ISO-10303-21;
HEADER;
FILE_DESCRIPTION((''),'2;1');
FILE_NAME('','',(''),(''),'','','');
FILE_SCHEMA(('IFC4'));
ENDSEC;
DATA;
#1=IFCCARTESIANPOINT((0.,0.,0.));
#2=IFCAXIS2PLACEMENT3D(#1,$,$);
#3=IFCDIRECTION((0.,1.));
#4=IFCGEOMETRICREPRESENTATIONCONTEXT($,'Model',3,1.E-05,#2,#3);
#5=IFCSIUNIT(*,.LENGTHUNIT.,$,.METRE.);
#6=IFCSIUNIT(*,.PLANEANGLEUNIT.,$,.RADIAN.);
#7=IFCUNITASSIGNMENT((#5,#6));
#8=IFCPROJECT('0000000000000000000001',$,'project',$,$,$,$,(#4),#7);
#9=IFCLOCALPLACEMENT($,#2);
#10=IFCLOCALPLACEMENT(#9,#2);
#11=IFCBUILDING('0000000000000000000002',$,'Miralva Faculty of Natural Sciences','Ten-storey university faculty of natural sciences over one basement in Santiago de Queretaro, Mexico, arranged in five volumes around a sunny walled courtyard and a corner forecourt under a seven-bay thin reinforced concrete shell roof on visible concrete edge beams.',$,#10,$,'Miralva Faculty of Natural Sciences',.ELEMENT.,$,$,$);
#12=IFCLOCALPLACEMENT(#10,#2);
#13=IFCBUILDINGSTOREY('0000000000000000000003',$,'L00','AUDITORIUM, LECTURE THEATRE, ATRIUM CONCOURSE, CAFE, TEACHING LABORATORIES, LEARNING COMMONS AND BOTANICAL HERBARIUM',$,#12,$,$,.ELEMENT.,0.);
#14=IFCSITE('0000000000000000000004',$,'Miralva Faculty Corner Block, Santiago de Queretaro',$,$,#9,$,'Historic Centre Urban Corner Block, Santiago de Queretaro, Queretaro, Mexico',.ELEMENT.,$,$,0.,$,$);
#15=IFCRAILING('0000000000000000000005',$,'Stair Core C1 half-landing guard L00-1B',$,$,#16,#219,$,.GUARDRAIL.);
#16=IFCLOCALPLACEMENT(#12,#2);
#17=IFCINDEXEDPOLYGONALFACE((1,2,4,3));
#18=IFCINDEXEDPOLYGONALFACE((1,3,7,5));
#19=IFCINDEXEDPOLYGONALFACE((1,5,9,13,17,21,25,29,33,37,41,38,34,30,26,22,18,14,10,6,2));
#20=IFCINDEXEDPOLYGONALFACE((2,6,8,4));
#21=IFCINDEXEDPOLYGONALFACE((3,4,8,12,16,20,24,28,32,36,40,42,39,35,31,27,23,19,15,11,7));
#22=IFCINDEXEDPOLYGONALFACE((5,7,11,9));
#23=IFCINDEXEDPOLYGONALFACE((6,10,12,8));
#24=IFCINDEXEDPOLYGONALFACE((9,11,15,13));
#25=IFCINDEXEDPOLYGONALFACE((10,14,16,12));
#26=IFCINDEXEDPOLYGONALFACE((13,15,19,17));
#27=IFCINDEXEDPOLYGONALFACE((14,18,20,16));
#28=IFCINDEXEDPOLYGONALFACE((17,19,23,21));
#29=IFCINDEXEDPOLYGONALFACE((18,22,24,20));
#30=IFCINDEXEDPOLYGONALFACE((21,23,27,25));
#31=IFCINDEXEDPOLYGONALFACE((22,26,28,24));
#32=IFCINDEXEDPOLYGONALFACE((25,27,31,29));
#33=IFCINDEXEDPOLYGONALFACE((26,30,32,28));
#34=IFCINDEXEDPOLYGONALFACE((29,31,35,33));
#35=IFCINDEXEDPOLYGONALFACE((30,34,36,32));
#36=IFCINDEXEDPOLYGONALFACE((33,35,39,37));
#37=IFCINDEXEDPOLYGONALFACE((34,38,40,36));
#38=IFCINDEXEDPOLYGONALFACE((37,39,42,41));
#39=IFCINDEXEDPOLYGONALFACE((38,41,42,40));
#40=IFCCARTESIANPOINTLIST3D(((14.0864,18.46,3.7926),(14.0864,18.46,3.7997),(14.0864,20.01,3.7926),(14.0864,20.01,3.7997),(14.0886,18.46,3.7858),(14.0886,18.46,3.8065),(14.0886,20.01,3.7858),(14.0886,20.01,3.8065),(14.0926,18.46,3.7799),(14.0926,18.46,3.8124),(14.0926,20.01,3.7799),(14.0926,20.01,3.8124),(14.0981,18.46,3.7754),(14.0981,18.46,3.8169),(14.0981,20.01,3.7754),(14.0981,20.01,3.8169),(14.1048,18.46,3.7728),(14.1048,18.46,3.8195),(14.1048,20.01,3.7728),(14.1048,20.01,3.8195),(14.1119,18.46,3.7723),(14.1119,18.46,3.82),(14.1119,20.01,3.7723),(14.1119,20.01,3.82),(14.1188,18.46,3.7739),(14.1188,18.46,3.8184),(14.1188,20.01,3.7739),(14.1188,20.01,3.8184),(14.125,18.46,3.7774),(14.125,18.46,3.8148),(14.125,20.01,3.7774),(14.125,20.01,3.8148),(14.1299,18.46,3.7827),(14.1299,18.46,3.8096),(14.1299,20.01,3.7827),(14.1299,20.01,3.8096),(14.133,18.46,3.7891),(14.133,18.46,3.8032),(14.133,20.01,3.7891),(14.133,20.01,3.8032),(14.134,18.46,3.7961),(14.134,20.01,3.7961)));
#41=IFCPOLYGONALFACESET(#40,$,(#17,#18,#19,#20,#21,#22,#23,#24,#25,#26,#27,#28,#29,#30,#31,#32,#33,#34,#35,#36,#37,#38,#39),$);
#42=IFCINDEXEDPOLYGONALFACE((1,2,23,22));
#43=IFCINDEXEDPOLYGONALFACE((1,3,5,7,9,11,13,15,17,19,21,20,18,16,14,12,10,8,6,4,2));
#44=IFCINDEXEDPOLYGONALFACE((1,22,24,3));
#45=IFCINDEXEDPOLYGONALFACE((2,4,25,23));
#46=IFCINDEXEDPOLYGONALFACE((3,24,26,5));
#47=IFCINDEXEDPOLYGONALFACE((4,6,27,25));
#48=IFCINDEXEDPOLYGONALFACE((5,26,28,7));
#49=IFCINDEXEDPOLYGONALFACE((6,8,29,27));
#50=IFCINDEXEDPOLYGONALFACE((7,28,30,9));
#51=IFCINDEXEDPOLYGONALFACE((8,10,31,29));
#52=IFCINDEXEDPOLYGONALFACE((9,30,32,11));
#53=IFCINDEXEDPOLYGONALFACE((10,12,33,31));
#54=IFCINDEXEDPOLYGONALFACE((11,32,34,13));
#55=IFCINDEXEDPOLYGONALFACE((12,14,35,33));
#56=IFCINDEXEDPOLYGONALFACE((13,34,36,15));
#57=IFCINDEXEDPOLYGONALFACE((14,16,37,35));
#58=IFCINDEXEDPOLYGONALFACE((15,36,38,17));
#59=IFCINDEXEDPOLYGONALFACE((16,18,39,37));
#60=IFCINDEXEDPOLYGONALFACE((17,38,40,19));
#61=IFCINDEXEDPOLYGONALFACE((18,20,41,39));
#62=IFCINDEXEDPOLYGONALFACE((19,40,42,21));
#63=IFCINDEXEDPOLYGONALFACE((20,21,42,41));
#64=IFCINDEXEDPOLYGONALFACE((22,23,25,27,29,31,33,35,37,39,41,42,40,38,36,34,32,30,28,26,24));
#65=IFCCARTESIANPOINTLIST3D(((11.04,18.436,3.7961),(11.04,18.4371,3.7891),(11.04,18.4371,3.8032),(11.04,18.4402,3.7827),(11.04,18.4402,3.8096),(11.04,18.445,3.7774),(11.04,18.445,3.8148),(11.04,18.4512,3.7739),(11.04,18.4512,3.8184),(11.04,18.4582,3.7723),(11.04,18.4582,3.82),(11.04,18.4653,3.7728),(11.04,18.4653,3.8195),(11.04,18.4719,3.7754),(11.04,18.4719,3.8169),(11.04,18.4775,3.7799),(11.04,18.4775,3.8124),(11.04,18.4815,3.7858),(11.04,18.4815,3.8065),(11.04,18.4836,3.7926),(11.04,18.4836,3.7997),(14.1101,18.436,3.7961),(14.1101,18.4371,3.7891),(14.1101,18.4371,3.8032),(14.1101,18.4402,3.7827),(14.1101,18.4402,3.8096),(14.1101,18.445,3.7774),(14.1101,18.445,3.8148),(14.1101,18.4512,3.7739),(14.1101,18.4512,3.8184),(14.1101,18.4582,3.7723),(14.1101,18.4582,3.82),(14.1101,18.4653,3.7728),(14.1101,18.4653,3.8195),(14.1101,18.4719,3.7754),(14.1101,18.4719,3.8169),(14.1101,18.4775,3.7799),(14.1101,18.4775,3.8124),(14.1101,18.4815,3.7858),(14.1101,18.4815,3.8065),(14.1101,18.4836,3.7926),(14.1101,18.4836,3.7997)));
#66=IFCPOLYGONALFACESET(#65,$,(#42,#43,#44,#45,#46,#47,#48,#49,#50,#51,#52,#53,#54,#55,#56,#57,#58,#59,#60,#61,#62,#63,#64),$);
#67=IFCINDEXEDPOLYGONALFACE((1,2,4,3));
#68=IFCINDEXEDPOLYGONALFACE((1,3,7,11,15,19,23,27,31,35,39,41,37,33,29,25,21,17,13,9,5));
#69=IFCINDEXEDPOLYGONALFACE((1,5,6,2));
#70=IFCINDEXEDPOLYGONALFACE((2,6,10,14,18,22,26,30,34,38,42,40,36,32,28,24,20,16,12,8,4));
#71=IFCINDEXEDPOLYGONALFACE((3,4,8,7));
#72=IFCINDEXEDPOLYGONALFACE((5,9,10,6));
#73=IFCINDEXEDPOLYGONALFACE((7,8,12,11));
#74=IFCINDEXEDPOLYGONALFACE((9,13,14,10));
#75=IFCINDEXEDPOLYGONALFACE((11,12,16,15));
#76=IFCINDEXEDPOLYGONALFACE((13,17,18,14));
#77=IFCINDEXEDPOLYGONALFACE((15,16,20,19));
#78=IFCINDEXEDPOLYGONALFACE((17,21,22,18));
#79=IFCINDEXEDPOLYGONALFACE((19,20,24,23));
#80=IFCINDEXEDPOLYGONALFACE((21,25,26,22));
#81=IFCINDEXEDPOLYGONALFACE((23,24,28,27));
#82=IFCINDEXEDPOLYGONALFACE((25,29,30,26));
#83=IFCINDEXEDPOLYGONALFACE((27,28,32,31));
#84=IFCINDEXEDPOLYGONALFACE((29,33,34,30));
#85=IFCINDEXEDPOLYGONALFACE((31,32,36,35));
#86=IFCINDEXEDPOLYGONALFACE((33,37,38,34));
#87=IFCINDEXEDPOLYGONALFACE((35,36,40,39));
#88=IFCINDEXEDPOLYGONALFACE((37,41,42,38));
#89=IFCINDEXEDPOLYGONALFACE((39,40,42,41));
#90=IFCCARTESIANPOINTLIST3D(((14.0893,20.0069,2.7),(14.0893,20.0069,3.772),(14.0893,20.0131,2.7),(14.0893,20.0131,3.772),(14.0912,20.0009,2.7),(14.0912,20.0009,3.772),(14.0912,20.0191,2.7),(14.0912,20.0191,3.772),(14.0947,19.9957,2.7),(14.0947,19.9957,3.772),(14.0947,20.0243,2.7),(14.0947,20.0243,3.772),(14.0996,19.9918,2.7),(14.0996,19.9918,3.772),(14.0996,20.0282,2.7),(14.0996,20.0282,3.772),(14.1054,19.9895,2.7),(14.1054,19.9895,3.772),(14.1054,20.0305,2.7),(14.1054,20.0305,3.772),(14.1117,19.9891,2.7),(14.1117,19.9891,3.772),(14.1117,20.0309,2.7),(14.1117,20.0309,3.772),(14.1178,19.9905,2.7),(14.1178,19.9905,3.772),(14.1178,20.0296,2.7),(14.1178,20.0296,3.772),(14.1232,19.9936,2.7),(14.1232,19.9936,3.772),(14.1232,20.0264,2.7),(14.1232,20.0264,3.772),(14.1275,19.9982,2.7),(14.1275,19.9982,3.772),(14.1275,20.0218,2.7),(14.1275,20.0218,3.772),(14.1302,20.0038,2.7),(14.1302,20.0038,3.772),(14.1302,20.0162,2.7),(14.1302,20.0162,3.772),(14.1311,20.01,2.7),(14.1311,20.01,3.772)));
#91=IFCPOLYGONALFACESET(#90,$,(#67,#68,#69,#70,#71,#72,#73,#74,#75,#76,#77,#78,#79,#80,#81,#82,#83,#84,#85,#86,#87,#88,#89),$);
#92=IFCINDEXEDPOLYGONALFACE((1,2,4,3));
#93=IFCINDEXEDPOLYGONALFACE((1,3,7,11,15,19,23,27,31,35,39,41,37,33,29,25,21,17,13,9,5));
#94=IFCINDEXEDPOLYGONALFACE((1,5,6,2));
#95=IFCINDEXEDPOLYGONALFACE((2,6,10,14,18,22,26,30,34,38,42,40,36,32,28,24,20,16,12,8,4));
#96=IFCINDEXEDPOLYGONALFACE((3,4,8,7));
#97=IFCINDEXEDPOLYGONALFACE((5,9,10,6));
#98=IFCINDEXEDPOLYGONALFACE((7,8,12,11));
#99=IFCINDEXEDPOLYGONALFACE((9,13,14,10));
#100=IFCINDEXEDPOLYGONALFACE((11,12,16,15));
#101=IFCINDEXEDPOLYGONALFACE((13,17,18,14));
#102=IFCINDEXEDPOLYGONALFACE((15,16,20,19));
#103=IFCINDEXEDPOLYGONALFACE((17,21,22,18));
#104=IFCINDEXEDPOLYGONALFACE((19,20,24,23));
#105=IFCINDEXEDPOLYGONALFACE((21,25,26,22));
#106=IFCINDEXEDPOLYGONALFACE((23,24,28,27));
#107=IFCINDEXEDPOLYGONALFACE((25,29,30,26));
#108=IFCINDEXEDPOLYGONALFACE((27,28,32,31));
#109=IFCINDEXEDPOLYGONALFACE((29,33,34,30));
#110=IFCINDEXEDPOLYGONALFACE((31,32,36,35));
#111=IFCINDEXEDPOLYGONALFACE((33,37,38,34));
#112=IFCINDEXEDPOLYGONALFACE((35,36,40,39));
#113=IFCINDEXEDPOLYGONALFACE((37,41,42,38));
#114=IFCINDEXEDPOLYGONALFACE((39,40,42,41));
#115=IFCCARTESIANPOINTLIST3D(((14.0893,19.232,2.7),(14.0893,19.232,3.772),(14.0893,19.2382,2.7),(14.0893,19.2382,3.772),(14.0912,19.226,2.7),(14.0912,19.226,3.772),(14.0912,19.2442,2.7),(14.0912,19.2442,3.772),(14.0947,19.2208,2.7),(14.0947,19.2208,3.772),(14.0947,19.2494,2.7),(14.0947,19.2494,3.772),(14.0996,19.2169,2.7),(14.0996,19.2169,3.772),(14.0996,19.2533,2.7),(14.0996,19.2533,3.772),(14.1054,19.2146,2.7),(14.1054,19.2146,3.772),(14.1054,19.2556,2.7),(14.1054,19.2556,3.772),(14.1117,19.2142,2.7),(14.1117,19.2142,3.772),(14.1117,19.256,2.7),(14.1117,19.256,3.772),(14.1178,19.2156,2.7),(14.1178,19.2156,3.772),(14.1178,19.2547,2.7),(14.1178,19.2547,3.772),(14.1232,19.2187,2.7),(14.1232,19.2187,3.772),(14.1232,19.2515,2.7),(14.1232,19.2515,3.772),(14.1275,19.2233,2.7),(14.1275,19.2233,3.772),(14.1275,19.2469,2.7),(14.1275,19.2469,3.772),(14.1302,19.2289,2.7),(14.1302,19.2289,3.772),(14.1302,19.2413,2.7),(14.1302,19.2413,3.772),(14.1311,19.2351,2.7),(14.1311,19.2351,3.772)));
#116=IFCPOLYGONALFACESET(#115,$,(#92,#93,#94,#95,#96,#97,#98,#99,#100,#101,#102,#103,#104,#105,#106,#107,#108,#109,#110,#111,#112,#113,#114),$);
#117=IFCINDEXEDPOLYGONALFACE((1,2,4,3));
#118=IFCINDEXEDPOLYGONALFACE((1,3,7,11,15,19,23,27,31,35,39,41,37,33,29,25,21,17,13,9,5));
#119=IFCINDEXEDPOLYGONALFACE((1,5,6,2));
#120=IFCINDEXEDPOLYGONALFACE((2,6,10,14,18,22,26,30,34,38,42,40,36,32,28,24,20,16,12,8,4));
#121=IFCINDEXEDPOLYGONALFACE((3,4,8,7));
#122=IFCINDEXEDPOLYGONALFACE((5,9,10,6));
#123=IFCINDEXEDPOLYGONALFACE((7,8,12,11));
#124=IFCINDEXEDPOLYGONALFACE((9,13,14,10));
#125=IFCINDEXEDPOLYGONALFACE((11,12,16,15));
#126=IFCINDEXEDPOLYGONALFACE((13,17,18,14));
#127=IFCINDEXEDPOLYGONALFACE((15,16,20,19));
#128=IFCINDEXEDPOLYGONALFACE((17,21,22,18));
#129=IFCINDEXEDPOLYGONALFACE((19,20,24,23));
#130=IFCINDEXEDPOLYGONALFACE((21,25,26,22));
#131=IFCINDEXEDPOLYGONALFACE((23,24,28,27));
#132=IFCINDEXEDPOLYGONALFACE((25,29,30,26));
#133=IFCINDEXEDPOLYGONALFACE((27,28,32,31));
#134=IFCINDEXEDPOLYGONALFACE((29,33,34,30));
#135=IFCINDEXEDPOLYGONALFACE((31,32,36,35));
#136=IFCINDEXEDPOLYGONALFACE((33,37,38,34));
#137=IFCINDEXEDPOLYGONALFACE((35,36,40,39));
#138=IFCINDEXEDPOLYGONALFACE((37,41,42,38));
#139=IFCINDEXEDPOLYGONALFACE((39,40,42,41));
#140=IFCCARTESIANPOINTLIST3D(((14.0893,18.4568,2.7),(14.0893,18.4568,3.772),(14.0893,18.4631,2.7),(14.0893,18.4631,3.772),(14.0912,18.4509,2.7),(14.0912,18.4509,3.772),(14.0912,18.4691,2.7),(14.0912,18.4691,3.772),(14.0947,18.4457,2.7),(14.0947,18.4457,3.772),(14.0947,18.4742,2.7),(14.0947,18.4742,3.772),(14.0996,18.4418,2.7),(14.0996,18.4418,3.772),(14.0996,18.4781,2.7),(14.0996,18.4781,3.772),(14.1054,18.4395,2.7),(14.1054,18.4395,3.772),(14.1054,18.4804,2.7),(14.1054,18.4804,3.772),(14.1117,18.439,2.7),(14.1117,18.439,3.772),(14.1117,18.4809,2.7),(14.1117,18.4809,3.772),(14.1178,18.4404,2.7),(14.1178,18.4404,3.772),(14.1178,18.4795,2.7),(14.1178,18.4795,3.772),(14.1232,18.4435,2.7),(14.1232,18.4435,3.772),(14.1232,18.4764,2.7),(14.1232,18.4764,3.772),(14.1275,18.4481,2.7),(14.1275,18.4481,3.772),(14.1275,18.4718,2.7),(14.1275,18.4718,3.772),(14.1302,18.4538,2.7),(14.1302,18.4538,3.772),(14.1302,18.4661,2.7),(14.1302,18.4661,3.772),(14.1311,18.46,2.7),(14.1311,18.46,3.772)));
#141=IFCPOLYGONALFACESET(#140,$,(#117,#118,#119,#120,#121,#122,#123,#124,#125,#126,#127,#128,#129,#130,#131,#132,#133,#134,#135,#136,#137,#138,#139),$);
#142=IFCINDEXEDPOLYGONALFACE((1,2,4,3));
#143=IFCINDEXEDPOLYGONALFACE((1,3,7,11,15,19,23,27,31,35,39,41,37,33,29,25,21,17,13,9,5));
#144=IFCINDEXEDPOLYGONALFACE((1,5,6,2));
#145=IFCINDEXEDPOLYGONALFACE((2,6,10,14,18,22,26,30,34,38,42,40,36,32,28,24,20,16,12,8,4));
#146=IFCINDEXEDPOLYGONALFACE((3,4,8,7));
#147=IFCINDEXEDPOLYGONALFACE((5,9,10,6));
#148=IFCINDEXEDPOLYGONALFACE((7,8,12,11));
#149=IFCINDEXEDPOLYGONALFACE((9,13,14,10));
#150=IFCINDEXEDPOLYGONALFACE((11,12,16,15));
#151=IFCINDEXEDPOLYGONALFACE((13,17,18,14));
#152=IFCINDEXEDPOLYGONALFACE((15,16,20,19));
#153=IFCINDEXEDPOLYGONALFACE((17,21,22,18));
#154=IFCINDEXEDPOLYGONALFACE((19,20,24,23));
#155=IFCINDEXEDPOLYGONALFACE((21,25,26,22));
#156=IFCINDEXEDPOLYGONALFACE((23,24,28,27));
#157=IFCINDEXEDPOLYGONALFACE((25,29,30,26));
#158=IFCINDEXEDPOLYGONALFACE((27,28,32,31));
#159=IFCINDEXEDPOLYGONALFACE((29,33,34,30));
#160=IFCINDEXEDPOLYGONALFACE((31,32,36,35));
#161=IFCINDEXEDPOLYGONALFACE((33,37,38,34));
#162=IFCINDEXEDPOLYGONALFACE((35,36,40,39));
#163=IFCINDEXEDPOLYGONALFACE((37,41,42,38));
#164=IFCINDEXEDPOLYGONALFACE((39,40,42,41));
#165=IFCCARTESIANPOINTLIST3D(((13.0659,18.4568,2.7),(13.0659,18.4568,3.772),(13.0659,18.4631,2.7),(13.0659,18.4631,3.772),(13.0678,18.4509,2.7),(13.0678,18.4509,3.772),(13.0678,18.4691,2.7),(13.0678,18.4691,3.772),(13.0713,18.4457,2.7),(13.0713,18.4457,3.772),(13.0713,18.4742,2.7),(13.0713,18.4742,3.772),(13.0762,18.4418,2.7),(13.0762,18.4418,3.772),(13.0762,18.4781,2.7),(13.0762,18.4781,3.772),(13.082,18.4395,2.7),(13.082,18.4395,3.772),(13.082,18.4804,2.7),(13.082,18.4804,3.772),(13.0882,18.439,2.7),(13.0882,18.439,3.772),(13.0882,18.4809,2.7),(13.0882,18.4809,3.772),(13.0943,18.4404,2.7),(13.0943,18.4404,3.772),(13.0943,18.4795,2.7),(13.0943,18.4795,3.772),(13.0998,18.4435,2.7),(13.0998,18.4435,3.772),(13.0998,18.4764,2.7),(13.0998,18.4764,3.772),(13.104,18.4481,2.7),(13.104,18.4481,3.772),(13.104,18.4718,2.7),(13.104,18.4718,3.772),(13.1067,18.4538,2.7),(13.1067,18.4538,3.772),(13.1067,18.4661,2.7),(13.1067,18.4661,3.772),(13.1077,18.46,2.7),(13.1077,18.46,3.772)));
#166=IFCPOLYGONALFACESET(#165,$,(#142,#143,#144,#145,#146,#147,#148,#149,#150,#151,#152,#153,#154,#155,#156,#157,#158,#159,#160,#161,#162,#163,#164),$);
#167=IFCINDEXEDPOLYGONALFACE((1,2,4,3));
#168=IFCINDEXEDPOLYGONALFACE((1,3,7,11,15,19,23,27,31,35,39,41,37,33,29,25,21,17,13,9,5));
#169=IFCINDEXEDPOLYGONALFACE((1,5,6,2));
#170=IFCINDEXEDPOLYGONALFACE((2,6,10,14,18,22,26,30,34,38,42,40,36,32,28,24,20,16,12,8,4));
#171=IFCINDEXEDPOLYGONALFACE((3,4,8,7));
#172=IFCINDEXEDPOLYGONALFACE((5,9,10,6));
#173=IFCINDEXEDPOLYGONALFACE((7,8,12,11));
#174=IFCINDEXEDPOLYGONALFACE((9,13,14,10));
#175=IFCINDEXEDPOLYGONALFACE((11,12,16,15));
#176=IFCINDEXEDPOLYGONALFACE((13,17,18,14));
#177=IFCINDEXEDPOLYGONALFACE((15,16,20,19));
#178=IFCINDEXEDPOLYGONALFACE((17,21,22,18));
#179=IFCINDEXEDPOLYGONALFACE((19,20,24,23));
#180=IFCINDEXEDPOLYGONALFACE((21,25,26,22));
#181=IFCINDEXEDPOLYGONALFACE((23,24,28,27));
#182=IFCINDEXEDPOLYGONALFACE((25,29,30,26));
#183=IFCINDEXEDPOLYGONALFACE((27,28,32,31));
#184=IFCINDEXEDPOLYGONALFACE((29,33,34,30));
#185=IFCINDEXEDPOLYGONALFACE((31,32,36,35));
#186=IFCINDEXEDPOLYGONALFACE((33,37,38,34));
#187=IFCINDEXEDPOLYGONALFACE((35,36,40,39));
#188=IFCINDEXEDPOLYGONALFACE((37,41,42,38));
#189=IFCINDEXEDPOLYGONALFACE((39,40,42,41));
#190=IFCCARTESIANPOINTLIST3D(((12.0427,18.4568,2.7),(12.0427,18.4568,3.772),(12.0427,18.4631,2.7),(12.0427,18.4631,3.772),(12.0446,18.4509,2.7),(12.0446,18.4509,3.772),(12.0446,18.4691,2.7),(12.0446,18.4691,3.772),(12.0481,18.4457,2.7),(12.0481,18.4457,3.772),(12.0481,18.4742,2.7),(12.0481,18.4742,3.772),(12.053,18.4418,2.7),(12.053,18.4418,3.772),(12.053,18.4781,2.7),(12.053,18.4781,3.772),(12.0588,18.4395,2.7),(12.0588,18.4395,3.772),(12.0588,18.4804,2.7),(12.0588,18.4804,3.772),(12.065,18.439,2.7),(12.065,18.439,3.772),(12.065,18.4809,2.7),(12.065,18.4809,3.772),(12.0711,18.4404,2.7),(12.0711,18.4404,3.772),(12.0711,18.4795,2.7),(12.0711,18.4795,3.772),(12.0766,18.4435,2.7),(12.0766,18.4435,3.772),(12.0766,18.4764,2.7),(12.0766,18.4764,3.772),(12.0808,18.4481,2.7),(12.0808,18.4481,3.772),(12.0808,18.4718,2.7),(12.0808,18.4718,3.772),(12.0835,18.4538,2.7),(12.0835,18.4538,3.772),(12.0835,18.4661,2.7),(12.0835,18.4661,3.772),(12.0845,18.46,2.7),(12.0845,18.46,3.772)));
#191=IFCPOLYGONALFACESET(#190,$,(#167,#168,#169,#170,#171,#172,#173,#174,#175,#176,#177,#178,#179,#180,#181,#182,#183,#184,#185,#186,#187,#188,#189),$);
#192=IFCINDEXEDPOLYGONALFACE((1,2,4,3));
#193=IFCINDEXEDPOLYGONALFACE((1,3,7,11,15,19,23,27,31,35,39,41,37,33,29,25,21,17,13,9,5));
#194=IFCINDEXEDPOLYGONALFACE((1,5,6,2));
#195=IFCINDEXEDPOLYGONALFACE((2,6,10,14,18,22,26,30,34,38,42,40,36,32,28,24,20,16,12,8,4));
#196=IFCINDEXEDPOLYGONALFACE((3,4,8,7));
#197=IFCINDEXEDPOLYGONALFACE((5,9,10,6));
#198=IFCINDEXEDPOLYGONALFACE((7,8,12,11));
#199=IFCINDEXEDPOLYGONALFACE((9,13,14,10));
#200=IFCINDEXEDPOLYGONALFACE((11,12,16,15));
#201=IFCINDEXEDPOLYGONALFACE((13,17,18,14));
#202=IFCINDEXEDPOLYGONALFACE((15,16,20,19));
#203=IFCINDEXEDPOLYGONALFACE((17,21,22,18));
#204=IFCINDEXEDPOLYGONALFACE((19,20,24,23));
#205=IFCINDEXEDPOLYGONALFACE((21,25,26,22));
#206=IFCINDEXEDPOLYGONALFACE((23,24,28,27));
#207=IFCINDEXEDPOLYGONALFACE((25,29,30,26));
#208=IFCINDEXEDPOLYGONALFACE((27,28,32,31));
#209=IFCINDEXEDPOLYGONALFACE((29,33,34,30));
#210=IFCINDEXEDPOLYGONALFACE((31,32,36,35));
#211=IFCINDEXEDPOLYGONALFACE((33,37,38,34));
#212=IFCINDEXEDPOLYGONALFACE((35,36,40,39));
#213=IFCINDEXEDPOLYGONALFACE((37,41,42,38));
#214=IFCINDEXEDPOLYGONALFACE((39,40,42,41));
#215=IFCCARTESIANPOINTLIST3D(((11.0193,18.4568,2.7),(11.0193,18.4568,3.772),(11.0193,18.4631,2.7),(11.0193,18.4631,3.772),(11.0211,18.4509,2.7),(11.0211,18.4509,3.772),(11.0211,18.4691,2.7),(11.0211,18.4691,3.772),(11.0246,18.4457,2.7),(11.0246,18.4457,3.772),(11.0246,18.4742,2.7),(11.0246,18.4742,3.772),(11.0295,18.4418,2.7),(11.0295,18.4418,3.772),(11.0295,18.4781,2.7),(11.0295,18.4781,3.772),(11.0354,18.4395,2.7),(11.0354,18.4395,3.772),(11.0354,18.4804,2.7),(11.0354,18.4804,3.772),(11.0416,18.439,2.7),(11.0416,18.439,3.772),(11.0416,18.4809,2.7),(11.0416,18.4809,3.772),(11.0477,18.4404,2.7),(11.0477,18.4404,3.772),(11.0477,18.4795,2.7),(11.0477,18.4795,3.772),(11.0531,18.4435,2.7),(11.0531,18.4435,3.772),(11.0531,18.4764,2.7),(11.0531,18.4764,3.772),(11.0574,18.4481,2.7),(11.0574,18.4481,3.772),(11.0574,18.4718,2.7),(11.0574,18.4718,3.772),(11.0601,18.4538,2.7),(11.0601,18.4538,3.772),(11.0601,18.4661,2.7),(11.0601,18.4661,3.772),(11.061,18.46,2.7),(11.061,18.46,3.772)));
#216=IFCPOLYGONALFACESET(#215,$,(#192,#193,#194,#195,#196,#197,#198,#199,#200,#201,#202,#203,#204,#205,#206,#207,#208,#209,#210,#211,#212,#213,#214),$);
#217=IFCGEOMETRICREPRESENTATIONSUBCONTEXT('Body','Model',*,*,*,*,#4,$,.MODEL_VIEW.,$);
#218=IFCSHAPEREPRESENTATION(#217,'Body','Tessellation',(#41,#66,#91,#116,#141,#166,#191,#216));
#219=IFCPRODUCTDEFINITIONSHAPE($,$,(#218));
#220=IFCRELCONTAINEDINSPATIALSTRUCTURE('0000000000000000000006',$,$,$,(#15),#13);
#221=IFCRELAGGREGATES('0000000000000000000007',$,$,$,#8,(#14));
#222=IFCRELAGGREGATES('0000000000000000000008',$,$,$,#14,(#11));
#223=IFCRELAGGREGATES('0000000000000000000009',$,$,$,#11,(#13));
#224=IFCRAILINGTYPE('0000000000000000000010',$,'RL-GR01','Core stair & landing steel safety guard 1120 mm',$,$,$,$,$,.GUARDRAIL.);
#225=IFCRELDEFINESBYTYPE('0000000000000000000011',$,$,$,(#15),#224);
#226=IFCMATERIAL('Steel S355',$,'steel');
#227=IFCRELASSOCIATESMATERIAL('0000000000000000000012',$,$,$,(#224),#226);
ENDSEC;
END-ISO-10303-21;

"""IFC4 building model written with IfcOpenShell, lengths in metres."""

from ifc_helpers import new_model, si_unit, direction, frame, origin, origin_2d, place, context, subcontext, project, spatial, circle, extrude, material, type_object, element, save


model = new_model("IFC4")

# Units and contexts
model_context = context("Model", 3, precision=1e-05, world=origin(), true_north=direction((0.0, 1.0)))
body_context = subcontext(model_context, "Body", "Model", "MODEL_VIEW")
ifc_project = project(units=[si_unit("LENGTHUNIT", "METRE"), si_unit("PLANEANGLEUNIT", "RADIAN")], contexts=[model_context])

# Site, building, storey
site_placement = place(None, origin())
site = spatial("IfcSite", under=ifc_project, at=site_placement, Name="Miralva Faculty Corner Block, Santiago de Queretaro", LongName="Historic Centre Urban Corner Block, Santiago de Queretaro, Queretaro, Mexico", CompositionType="ELEMENT", RefElevation=0.0)
building_placement = place(site_placement, origin())
building = spatial("IfcBuilding", under=site, at=building_placement, Name="Miralva Faculty of Natural Sciences", Description="Ten-storey university faculty of natural sciences over one basement in Santiago de Queretaro, Mexico, arranged in five volumes around a sunny walled courtyard and a corner forecourt under a seven-bay thin reinforced concrete shell roof on visible concrete edge beams.", LongName="Miralva Faculty of Natural Sciences", CompositionType="ELEMENT")
storey_placement = place(building_placement, origin())
storey = spatial("IfcBuildingStorey", under=building, at=storey_placement, Name="L00", Description="AUDITORIUM, LECTURE THEATRE, ATRIUM CONCOURSE, CAFE, TEACHING LABORATORIES, LEARNING COMMONS AND BOTANICAL HERBARIUM", CompositionType="ELEMENT", Elevation=0.0)

# Railing
ifc_material_1 = material(Name="Steel S355", Category="steel")
railing_type = type_object("IfcRailingType", Name="RL-GR01", Description="Core stair & landing steel safety guard 1120 mm", PredefinedType="GUARDRAIL", material=ifc_material_1)
railing_placement = place(storey_placement, frame((14.1101, 20.01, 2.7)))
element("IfcRailing", 1, at=railing_placement, inside=storey, type_object=railing_type, Name="Stair Core C1 half-landing guard L00-1B", PredefinedType="GUARDRAIL", context=body_context, shape_type="SweptSolid", body=[
    extrude(circle(Radius=0.0239, at=origin_2d()), frame((0.0, 0.0, 1.0962), z_axis=(0.0, -1.0, 0.0), x_axis=(1.0, 0.0, 0.0)), (0.0, 0.0, 1.0), 1.55),
    extrude(circle(Radius=0.0239, at=origin_2d()), frame((0.0, -1.55, 1.0962), z_axis=(-1.0, 0.0, 0.0), x_axis=(0.0, -1.0, 0.0)), (0.0, 0.0, 1.0), 3.0701),
    extrude(circle(Radius=0.021, at=origin_2d()), origin(), (0.0, 0.0, 1.0), 1.072),
    extrude(circle(Radius=0.021, at=origin_2d()), frame((0.0, -0.7749, 0.0)), (0.0, 0.0, 1.0), 1.072),
    extrude(circle(Radius=0.021, at=origin_2d()), frame((0.0, -1.55, 0.0)), (0.0, 0.0, 1.0), 1.072),
    extrude(circle(Radius=0.021, at=origin_2d()), frame((-1.0234, -1.55, 0.0)), (0.0, 0.0, 1.0), 1.072),
    extrude(circle(Radius=0.021, at=origin_2d()), frame((-2.0466, -1.55, 0.0)), (0.0, 0.0, 1.0), 1.072),
    extrude(circle(Radius=0.021, at=origin_2d()), frame((-3.0701, -1.55, 0.0)), (0.0, 0.0, 1.0), 1.072),
])

save(model, "model.ifc")
